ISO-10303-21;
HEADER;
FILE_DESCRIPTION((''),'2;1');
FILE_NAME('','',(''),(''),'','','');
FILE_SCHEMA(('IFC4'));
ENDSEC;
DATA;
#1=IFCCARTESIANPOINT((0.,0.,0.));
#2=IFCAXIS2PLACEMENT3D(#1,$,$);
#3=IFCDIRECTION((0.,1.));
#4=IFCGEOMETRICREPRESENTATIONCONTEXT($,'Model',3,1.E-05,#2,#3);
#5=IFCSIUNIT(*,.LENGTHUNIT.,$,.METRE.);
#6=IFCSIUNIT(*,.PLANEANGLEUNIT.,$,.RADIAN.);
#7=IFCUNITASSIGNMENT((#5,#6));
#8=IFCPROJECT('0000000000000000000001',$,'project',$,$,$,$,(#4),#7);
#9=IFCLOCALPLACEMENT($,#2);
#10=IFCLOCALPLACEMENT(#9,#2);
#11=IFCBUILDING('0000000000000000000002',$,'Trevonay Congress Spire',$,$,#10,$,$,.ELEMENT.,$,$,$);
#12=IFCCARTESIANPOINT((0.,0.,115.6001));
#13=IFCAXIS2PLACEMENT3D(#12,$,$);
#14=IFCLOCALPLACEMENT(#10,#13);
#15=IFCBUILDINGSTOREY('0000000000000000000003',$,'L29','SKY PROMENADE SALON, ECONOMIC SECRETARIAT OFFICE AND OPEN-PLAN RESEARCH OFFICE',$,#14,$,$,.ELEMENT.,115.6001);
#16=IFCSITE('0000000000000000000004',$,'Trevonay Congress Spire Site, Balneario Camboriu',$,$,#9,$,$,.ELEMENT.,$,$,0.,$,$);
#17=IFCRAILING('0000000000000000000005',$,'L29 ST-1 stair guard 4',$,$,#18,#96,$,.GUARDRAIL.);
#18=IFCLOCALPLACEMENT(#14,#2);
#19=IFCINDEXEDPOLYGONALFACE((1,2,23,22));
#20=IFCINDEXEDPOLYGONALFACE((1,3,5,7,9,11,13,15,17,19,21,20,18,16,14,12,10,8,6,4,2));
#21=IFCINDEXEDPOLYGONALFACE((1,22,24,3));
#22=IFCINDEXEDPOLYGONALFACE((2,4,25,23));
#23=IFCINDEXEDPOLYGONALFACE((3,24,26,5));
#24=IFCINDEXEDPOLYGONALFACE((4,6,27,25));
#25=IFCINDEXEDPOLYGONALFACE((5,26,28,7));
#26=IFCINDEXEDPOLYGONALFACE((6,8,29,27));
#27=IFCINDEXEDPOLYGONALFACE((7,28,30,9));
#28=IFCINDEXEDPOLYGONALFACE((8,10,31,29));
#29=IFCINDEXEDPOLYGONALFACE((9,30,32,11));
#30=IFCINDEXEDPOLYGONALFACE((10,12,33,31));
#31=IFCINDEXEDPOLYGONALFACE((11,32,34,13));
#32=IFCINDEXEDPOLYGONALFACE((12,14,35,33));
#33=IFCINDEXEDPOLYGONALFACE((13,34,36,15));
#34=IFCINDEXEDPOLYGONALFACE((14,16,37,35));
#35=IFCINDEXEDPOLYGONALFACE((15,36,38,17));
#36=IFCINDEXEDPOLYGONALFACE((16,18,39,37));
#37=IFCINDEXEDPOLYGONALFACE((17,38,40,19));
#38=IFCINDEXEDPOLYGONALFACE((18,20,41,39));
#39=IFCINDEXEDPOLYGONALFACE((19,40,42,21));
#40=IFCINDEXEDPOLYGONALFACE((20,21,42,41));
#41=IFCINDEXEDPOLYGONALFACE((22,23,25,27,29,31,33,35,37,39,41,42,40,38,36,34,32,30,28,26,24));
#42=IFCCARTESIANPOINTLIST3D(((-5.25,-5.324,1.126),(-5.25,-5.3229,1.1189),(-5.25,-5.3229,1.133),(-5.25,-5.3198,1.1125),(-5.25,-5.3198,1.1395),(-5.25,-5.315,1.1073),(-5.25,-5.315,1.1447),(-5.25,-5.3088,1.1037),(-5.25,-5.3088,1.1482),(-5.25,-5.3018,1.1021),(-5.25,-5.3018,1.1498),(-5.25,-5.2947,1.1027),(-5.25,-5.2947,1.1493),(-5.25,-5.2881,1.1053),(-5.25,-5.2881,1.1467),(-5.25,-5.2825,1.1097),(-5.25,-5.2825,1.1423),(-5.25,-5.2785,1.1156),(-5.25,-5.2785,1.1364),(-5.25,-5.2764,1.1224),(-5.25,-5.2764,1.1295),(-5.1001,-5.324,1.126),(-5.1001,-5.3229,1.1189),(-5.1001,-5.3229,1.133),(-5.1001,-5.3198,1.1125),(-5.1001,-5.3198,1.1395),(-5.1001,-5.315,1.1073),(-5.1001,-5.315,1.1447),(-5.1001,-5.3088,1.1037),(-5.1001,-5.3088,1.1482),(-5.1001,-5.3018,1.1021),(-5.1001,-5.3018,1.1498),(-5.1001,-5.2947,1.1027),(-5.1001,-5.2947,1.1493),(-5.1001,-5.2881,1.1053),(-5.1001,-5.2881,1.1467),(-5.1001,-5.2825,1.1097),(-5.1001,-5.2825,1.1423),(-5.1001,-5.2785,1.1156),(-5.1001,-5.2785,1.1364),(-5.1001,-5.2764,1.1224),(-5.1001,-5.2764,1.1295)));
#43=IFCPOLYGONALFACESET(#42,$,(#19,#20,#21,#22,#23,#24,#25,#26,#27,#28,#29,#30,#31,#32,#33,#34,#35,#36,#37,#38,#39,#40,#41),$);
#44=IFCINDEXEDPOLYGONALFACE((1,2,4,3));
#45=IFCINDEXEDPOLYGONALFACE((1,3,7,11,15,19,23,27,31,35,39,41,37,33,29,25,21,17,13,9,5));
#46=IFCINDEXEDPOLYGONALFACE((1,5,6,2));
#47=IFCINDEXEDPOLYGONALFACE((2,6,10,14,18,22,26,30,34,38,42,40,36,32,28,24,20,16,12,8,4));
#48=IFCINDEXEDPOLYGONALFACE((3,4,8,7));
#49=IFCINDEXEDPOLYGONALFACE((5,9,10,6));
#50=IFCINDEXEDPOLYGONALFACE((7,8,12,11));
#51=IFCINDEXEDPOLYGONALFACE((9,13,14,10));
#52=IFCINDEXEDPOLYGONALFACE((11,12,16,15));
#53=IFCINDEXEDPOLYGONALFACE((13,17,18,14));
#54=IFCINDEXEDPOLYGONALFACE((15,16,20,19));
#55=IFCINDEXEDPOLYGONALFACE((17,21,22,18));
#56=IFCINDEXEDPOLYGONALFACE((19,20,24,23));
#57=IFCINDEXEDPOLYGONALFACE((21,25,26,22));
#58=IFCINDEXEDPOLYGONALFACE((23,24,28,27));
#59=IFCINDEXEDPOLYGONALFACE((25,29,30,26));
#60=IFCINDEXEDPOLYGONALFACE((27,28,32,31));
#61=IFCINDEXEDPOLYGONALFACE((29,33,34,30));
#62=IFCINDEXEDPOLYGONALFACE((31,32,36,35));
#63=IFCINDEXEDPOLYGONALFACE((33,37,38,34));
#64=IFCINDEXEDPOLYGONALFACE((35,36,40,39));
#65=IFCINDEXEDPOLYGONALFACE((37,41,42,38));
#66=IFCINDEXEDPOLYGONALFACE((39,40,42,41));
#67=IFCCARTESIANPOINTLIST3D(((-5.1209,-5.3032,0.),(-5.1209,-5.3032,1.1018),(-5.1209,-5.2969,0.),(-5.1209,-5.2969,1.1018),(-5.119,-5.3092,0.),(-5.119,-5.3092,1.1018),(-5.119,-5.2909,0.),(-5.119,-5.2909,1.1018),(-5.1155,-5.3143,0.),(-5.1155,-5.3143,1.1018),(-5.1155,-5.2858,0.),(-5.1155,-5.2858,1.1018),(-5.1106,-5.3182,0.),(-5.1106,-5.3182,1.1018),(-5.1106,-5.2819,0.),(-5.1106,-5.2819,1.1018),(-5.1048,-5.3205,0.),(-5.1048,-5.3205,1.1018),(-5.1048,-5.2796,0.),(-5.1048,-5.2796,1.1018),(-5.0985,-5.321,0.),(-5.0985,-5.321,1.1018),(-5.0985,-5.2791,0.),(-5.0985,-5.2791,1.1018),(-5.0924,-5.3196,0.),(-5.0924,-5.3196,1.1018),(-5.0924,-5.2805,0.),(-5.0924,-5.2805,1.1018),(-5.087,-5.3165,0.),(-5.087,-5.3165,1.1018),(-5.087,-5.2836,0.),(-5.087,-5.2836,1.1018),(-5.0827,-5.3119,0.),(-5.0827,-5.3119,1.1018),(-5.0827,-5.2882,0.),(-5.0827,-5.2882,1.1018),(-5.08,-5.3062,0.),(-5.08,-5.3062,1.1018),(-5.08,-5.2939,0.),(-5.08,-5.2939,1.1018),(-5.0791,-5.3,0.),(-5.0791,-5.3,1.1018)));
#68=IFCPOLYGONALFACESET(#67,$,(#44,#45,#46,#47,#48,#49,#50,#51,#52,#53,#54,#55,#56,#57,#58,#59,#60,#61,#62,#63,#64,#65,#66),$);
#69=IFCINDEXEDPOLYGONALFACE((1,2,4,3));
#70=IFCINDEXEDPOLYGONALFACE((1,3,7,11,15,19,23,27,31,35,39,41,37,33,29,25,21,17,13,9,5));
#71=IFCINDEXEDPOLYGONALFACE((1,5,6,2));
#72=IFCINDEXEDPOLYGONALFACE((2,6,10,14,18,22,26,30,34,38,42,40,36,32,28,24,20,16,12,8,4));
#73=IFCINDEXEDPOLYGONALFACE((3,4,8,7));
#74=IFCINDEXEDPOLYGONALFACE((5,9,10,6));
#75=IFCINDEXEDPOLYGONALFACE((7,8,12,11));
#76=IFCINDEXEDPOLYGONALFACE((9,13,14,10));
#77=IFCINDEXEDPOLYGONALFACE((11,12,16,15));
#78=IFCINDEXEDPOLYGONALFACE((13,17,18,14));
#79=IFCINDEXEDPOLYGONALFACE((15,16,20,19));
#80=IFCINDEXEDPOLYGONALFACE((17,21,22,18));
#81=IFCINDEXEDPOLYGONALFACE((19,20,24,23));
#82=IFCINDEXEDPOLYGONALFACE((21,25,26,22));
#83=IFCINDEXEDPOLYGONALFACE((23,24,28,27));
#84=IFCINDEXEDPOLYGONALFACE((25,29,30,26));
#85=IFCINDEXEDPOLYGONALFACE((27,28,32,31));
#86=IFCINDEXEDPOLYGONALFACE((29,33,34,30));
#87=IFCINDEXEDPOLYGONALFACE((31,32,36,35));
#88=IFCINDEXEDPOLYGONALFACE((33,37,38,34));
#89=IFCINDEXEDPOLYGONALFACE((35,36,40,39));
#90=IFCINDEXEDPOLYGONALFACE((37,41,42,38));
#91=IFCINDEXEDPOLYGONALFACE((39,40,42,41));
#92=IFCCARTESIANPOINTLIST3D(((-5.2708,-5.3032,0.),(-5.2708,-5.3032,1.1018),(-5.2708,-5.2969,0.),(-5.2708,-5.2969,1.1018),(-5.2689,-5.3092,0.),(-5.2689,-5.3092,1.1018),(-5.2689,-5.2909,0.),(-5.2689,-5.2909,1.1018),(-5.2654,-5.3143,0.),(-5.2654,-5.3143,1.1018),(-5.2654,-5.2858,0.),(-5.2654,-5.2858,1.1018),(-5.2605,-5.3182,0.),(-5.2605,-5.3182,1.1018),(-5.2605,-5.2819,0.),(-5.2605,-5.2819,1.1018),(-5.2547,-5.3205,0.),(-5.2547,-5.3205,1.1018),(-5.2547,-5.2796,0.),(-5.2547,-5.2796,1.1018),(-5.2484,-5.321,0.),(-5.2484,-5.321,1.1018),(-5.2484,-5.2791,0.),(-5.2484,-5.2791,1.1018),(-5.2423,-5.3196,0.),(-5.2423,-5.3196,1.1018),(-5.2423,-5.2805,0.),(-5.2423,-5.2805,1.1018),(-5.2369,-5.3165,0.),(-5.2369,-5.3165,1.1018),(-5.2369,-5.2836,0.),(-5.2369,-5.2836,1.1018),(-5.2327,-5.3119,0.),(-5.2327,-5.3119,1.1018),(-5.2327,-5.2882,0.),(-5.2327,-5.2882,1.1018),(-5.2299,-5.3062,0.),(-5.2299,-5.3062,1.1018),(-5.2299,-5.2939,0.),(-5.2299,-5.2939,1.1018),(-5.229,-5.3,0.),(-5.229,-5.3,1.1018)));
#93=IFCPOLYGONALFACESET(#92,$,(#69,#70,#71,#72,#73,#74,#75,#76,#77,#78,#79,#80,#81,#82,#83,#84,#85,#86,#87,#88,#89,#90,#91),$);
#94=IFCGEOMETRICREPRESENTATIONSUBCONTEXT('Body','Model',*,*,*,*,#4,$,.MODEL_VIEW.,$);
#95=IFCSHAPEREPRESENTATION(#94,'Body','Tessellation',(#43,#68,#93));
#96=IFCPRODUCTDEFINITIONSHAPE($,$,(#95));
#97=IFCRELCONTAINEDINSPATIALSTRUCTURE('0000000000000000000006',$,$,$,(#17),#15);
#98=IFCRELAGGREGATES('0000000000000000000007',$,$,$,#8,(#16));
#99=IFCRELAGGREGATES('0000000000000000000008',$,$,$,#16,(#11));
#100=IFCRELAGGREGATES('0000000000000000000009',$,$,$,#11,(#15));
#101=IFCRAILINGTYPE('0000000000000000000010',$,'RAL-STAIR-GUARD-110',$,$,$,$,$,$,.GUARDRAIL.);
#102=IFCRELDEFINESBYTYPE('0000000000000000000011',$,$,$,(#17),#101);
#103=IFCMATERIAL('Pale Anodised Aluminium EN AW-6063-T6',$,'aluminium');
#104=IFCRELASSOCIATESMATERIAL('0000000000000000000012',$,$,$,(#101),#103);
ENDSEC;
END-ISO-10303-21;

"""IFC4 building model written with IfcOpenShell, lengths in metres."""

from ifc_helpers import new_model, si_unit, direction, frame, origin, origin_2d, place, context, subcontext, project, spatial, circle, extrude, material, type_object, element, save


model = new_model("IFC4")

# Units and contexts
model_context = context("Model", 3, precision=1e-05, world=origin(), true_north=direction((0.0, 1.0)))
body_context = subcontext(model_context, "Body", "Model", "MODEL_VIEW")
ifc_project = project(units=[si_unit("LENGTHUNIT", "METRE"), si_unit("PLANEANGLEUNIT", "RADIAN")], contexts=[model_context])

# Site, building, storey
site_placement = place(None, origin())
site = spatial("IfcSite", under=ifc_project, at=site_placement, Name="Trevonay Congress Spire Site, Balneario Camboriu", CompositionType="ELEMENT", RefElevation=0.0)
building_placement = place(site_placement, origin())
building = spatial("IfcBuilding", under=site, at=building_placement, Name="Trevonay Congress Spire", CompositionType="ELEMENT")
storey_placement = place(building_placement, frame((0.0, 0.0, 115.6001)))
storey = spatial("IfcBuildingStorey", under=building, at=storey_placement, Name="L29", Description="SKY PROMENADE SALON, ECONOMIC SECRETARIAT OFFICE AND OPEN-PLAN RESEARCH OFFICE", CompositionType="ELEMENT", Elevation=115.6001)

# Railing
ifc_material_1 = material(Name="Pale Anodised Aluminium EN AW-6063-T6", Category="aluminium")
railing_type_1 = type_object("IfcRailingType", Name="RAL-STAIR-GUARD-110", PredefinedType="GUARDRAIL", material=ifc_material_1)
railing_1_placement = place(storey_placement, frame((-5.1001, -5.3, 0.0)))
element("IfcRailing", 1, at=railing_1_placement, inside=storey, type_object=railing_type_1, Name="L29 ST-1 stair guard 4", PredefinedType="GUARDRAIL", context=body_context, shape_type="SweptSolid", body=[
    extrude(circle(Radius=0.0239, at=origin_2d()), frame((0.0, 0.0, 1.126), z_axis=(-1.0, 0.0, 0.0), x_axis=(0.0, -1.0, 0.0)), (0.0, 0.0, 1.0), 0.1499),
    extrude(circle(Radius=0.021, at=origin_2d()), origin(), (0.0, 0.0, 1.0), 1.1018),
    extrude(circle(Radius=0.021, at=origin_2d()), frame((-0.1499, 0.0, 0.0)), (0.0, 0.0, 1.0), 1.1018),
])

save(model, "model.ifc")
